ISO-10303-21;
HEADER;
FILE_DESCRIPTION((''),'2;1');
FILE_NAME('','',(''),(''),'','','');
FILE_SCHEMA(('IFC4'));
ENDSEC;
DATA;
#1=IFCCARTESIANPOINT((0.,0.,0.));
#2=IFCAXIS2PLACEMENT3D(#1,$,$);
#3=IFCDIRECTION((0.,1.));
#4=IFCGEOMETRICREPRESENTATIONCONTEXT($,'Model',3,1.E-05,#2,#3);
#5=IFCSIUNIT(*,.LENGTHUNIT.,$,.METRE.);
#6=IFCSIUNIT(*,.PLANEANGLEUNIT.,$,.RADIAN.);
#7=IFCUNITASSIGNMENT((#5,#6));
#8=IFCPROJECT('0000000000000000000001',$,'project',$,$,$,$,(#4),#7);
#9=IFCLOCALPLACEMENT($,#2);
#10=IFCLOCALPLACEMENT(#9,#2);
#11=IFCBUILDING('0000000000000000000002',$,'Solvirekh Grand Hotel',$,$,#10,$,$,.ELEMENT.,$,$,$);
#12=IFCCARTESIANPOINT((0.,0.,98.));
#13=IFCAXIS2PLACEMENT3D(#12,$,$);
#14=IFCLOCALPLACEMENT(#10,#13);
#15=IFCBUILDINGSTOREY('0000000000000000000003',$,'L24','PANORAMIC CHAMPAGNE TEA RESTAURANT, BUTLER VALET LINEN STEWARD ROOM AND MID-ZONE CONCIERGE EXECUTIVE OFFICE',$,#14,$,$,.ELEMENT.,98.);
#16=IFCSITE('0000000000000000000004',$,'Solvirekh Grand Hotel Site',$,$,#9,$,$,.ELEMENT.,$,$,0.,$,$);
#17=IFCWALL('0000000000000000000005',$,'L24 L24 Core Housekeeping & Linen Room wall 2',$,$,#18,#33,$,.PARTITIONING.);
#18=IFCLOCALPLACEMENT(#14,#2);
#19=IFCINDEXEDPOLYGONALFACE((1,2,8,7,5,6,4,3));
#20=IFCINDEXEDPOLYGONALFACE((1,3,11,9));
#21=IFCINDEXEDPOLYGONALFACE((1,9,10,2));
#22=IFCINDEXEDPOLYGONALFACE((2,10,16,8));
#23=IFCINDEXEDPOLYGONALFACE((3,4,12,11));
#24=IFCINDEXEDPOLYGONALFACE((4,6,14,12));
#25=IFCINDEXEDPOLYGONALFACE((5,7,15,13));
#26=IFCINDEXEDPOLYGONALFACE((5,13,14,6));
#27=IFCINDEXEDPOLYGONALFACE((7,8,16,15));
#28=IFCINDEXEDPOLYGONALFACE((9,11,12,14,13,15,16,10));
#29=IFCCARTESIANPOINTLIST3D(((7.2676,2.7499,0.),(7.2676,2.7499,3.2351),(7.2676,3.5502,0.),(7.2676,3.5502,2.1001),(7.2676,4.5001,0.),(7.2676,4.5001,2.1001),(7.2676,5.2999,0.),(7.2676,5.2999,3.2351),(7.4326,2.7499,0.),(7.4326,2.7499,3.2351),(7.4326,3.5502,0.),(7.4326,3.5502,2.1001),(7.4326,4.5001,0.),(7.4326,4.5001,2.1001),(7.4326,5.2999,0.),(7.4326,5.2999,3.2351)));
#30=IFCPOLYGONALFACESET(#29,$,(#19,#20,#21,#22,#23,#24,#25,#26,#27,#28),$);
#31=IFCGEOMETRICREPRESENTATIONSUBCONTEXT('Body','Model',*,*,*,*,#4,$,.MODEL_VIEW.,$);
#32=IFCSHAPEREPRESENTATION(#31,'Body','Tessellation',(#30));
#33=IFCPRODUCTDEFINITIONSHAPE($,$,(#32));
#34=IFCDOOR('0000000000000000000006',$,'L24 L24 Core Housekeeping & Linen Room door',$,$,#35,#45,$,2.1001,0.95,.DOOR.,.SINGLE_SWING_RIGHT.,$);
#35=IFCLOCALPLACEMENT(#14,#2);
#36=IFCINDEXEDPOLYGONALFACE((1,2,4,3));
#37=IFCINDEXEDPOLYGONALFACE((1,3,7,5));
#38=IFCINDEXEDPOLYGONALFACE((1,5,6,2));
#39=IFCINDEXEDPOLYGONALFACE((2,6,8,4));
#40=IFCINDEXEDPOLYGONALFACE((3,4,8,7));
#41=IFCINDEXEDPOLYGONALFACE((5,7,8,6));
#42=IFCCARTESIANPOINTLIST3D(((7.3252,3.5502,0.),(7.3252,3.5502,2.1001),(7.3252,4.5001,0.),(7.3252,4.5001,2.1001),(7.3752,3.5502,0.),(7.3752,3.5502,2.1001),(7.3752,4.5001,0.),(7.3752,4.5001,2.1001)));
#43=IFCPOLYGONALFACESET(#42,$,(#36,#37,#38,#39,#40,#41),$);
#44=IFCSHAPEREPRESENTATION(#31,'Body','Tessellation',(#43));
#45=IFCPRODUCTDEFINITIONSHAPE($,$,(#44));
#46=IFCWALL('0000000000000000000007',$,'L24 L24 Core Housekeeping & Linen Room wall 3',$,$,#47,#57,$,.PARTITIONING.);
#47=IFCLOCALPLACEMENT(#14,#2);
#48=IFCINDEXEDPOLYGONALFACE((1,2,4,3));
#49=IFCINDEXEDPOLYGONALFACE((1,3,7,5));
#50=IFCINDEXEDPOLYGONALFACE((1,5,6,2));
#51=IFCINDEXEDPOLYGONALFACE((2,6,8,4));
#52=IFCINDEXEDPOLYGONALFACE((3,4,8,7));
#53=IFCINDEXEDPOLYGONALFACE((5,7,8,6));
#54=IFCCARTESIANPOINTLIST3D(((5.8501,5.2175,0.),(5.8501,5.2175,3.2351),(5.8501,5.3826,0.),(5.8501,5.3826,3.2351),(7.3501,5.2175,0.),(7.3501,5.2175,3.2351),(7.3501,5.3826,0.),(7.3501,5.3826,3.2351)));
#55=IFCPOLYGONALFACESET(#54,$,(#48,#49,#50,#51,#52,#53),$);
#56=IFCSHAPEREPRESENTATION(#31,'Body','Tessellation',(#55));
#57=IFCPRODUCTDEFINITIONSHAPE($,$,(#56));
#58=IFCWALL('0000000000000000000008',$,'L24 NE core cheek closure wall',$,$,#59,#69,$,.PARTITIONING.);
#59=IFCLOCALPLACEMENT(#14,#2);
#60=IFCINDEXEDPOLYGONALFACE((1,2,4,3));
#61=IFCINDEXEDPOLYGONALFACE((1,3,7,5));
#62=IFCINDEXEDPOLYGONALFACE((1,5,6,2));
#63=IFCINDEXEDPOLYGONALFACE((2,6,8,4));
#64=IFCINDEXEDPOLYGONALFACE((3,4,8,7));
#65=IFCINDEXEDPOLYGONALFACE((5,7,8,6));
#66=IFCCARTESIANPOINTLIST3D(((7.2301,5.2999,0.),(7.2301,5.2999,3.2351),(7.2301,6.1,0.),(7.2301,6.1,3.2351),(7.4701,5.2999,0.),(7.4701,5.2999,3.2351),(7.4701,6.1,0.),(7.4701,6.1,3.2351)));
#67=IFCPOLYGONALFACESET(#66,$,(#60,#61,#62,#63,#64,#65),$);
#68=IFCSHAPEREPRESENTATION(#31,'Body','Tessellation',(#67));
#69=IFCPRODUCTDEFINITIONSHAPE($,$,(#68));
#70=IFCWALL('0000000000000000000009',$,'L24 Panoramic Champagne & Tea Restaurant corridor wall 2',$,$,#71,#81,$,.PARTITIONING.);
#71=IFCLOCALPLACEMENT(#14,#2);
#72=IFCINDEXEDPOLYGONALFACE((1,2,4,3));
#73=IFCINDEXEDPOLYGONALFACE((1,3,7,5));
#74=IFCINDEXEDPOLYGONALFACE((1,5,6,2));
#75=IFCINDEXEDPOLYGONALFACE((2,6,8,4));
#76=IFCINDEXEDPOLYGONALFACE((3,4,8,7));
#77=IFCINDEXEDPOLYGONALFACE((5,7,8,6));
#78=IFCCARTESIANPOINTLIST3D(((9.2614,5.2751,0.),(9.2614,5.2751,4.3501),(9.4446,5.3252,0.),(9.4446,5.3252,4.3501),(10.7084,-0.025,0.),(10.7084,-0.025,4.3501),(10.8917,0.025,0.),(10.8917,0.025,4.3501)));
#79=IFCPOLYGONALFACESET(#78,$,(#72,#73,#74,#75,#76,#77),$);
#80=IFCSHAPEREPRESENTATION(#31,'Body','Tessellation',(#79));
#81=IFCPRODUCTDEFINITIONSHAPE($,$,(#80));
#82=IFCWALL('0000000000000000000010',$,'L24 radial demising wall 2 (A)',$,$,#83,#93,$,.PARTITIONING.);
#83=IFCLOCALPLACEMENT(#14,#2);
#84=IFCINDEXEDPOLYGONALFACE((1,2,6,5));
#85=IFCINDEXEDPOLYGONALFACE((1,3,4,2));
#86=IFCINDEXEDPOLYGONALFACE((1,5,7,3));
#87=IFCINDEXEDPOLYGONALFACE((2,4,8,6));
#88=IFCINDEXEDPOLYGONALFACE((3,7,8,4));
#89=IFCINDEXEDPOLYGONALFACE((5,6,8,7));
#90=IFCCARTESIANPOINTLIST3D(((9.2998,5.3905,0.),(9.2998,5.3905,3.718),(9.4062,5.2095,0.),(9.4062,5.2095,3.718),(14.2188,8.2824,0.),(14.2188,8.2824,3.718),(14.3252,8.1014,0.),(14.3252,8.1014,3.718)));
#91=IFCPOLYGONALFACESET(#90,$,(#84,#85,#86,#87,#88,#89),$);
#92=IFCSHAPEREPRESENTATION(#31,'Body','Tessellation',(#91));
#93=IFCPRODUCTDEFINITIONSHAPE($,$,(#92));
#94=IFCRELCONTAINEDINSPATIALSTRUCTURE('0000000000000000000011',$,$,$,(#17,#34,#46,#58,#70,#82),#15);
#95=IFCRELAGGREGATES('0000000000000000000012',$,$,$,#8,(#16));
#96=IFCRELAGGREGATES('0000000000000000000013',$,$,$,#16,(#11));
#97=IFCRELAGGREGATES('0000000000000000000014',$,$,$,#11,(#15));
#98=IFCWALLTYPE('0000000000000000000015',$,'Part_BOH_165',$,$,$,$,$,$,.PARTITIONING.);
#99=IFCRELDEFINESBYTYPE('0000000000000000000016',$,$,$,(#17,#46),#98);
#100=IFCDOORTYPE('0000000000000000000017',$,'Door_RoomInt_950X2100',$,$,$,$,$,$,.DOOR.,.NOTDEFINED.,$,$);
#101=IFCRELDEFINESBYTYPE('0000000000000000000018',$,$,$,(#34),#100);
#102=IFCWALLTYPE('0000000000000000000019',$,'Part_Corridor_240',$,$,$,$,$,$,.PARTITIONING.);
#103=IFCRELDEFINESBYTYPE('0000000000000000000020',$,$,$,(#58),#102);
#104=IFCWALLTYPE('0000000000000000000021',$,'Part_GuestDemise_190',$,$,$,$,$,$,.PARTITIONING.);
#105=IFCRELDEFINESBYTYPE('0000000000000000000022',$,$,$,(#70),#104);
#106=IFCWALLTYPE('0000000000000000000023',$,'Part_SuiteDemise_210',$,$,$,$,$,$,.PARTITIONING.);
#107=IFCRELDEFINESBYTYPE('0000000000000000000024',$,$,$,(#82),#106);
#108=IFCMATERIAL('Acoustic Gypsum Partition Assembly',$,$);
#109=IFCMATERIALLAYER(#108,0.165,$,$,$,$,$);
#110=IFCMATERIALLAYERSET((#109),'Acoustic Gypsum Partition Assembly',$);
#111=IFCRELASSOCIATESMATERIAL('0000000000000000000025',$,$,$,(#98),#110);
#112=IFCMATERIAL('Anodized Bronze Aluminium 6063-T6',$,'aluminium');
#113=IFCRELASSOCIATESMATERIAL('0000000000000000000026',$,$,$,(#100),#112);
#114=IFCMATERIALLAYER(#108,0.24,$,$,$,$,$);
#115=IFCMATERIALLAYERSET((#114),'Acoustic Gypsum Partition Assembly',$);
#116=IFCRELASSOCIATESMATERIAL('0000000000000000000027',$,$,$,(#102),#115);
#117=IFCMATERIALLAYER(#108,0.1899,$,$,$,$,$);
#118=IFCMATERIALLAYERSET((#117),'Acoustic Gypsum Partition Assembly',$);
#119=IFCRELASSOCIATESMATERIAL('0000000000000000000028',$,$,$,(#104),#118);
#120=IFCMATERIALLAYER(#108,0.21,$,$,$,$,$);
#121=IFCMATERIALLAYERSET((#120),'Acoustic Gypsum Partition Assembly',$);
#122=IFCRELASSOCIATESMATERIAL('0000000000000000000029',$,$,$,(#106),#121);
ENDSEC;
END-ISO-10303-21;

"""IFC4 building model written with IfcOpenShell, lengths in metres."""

from ifc_helpers import new_model, si_unit, direction, frame, frame_2d, origin, place, context, subcontext, project, spatial, rectangle, extrude, material, layer, layer_set, type_object, element, fill, save


model = new_model("IFC4")

# Units and contexts
model_context = context("Model", 3, precision=1e-05, world=origin(), true_north=direction((0.0, 1.0)))
body_context = subcontext(model_context, "Body", "Model", "MODEL_VIEW")
ifc_project = project(units=[si_unit("LENGTHUNIT", "METRE"), si_unit("PLANEANGLEUNIT", "RADIAN")], contexts=[model_context])

# Site, building, storey
site_placement = place(None, origin())
site = spatial("IfcSite", under=ifc_project, at=site_placement, Name="Solvirekh Grand Hotel Site", CompositionType="ELEMENT", RefElevation=0.0)
building_placement = place(site_placement, origin())
building = spatial("IfcBuilding", under=site, at=building_placement, Name="Solvirekh Grand Hotel", CompositionType="ELEMENT")
storey_placement = place(building_placement, frame((0.0, 0.0, 98.0)))
storey = spatial("IfcBuildingStorey", under=building, at=storey_placement, Name="L24", Description="PANORAMIC CHAMPAGNE TEA RESTAURANT, BUTLER VALET LINEN STEWARD ROOM AND MID-ZONE CONCIERGE EXECUTIVE OFFICE", CompositionType="ELEMENT", Elevation=98.0)

# Shared definitions
ifc_material_1 = material(Name="Anodized Bronze Aluminium 6063-T6", Category="aluminium")

# Wall, opening, door
ifc_material_2 = material(Name="Acoustic Gypsum Partition Assembly")
ifc_layer_1 = layer(ifc_material_2, 0.165)
ifc_layer_set_1 = layer_set([ifc_layer_1], Name="Acoustic Gypsum Partition Assembly")
wall_type_1 = type_object("IfcWallType", Name="Part_BOH_165", PredefinedType="PARTITIONING", material=ifc_layer_set_1)
wall_1_placement = place(storey_placement, frame((7.3501, 2.75, 0.0), z_axis=(0.0, 0.0, 1.0), x_axis=(0.0, 1.0, 0.0)))
wall_1 = element("IfcWall", 1, at=wall_1_placement, inside=storey, type_object=wall_type_1, Name="L24 L24 Core Housekeeping & Linen Room wall 2", PredefinedType="PARTITIONING", context=body_context, shape_type="SweptSolid", body=[
    extrude(rectangle(XDim=2.55, YDim=0.165, at=frame_2d((1.2749, 0.0))), origin(), (0.0, 0.0, 1.0), 3.2351),
])
opening_placement = place(wall_1_placement, frame((0.8, 0.0, 0.0)))
opening = element("IfcOpeningElement", 2, at=opening_placement, cuts=wall_1, PredefinedType="OPENING", context=body_context, shape_type="SweptSolid", body=[
    extrude(rectangle(XDim=0.95, YDim=2.1001, at=frame_2d((0.4751, 1.05))), frame((0.0, 0.0925, 0.0), z_axis=(0.0, -1.0, 0.0), x_axis=(1.0, 0.0, 0.0)), (0.0, 0.0, 1.0), 0.1851),
])
door_type = type_object("IfcDoorType", Name="Door_RoomInt_950X2100", OperationType="NOTDEFINED", PredefinedType="DOOR", material=ifc_material_1)
door_placement = place(opening_placement, origin())
door = element("IfcDoor", 3, at=door_placement, inside=storey, type_object=door_type, Name="L24 L24 Core Housekeeping & Linen Room door", OperationType="SINGLE_SWING_RIGHT", OverallHeight=2.1001, OverallWidth=0.95, PredefinedType="DOOR", context=body_context, shape_type="SweptSolid", body=[
    extrude(rectangle(XDim=0.95, YDim=2.1001, at=frame_2d((0.4751, 1.05))), frame((0.0, 0.0249, 0.0), z_axis=(0.0, -1.0, 0.0), x_axis=(1.0, 0.0, 0.0)), (0.0, 0.0, 1.0), 0.05),
])
fill(opening, door)

# Walls
wall_2_placement = place(storey_placement, frame((7.3501, 5.3, 0.0), z_axis=(0.0, 0.0, 1.0), x_axis=(-1.0, 0.0, 0.0)))
element("IfcWall", 4, at=wall_2_placement, inside=storey, type_object=wall_type_1, Name="L24 L24 Core Housekeeping & Linen Room wall 3", PredefinedType="PARTITIONING", context=body_context, shape_type="SweptSolid", body=[
    extrude(rectangle(XDim=1.5, YDim=0.165, at=frame_2d((0.75, 0.0))), origin(), (0.0, 0.0, 1.0), 3.2351),
])
ifc_layer_2 = layer(ifc_material_2, 0.24)
ifc_layer_set_2 = layer_set([ifc_layer_2], Name="Acoustic Gypsum Partition Assembly")
wall_type_2 = type_object("IfcWallType", Name="Part_Corridor_240", PredefinedType="PARTITIONING", material=ifc_layer_set_2)
wall_3_placement = place(storey_placement, frame((7.3501, 5.3, 0.0), z_axis=(0.0, 0.0, 1.0), x_axis=(0.0, 1.0, 0.0)))
element("IfcWall", 5, at=wall_3_placement, inside=storey, type_object=wall_type_2, Name="L24 NE core cheek closure wall", PredefinedType="PARTITIONING", context=body_context, shape_type="SweptSolid", body=[
    extrude(rectangle(XDim=0.8, YDim=0.24, at=frame_2d((0.3999, 0.0))), origin(), (0.0, 0.0, 1.0), 3.2351),
])
ifc_layer_3 = layer(ifc_material_2, 0.1899)
ifc_layer_set_3 = layer_set([ifc_layer_3], Name="Acoustic Gypsum Partition Assembly")
wall_type_3 = type_object("IfcWallType", Name="Part_GuestDemise_190", PredefinedType="PARTITIONING", material=ifc_layer_set_3)
wall_4_placement = place(storey_placement, frame((10.8, 0.0, 0.0), z_axis=(0.0, 0.0, 1.0), x_axis=(-0.263381, 0.964692, 0.0)))
element("IfcWall", 6, at=wall_4_placement, inside=storey, type_object=wall_type_3, Name="L24 Panoramic Champagne & Tea Restaurant corridor wall 2", PredefinedType="PARTITIONING", context=body_context, shape_type="SweptSolid", body=[
    extrude(rectangle(XDim=5.4941, YDim=0.1899, at=frame_2d((2.7471, 0.0))), origin(), (0.0, 0.0, 1.0), 4.3501),
])
ifc_layer_4 = layer(ifc_material_2, 0.21)
ifc_layer_set_4 = layer_set([ifc_layer_4], Name="Acoustic Gypsum Partition Assembly")
wall_type_4 = type_object("IfcWallType", Name="Part_SuiteDemise_210", PredefinedType="PARTITIONING", material=ifc_layer_set_4)
wall_5_placement = place(storey_placement, frame((9.353, 5.3, 0.0), z_axis=(0.0, 0.0, 1.0), x_axis=(0.862061, 0.506805, 0.0)))
element("IfcWall", 7, at=wall_5_placement, inside=storey, type_object=wall_type_4, Name="L24 radial demising wall 2 (A)", PredefinedType="PARTITIONING", context=body_context, shape_type="SweptSolid", body=[
    extrude(rectangle(XDim=5.7061, YDim=0.21, at=frame_2d((2.853, 0.0))), origin(), (0.0, 0.0, 1.0), 3.718),
])

save(model, "model.ifc")
